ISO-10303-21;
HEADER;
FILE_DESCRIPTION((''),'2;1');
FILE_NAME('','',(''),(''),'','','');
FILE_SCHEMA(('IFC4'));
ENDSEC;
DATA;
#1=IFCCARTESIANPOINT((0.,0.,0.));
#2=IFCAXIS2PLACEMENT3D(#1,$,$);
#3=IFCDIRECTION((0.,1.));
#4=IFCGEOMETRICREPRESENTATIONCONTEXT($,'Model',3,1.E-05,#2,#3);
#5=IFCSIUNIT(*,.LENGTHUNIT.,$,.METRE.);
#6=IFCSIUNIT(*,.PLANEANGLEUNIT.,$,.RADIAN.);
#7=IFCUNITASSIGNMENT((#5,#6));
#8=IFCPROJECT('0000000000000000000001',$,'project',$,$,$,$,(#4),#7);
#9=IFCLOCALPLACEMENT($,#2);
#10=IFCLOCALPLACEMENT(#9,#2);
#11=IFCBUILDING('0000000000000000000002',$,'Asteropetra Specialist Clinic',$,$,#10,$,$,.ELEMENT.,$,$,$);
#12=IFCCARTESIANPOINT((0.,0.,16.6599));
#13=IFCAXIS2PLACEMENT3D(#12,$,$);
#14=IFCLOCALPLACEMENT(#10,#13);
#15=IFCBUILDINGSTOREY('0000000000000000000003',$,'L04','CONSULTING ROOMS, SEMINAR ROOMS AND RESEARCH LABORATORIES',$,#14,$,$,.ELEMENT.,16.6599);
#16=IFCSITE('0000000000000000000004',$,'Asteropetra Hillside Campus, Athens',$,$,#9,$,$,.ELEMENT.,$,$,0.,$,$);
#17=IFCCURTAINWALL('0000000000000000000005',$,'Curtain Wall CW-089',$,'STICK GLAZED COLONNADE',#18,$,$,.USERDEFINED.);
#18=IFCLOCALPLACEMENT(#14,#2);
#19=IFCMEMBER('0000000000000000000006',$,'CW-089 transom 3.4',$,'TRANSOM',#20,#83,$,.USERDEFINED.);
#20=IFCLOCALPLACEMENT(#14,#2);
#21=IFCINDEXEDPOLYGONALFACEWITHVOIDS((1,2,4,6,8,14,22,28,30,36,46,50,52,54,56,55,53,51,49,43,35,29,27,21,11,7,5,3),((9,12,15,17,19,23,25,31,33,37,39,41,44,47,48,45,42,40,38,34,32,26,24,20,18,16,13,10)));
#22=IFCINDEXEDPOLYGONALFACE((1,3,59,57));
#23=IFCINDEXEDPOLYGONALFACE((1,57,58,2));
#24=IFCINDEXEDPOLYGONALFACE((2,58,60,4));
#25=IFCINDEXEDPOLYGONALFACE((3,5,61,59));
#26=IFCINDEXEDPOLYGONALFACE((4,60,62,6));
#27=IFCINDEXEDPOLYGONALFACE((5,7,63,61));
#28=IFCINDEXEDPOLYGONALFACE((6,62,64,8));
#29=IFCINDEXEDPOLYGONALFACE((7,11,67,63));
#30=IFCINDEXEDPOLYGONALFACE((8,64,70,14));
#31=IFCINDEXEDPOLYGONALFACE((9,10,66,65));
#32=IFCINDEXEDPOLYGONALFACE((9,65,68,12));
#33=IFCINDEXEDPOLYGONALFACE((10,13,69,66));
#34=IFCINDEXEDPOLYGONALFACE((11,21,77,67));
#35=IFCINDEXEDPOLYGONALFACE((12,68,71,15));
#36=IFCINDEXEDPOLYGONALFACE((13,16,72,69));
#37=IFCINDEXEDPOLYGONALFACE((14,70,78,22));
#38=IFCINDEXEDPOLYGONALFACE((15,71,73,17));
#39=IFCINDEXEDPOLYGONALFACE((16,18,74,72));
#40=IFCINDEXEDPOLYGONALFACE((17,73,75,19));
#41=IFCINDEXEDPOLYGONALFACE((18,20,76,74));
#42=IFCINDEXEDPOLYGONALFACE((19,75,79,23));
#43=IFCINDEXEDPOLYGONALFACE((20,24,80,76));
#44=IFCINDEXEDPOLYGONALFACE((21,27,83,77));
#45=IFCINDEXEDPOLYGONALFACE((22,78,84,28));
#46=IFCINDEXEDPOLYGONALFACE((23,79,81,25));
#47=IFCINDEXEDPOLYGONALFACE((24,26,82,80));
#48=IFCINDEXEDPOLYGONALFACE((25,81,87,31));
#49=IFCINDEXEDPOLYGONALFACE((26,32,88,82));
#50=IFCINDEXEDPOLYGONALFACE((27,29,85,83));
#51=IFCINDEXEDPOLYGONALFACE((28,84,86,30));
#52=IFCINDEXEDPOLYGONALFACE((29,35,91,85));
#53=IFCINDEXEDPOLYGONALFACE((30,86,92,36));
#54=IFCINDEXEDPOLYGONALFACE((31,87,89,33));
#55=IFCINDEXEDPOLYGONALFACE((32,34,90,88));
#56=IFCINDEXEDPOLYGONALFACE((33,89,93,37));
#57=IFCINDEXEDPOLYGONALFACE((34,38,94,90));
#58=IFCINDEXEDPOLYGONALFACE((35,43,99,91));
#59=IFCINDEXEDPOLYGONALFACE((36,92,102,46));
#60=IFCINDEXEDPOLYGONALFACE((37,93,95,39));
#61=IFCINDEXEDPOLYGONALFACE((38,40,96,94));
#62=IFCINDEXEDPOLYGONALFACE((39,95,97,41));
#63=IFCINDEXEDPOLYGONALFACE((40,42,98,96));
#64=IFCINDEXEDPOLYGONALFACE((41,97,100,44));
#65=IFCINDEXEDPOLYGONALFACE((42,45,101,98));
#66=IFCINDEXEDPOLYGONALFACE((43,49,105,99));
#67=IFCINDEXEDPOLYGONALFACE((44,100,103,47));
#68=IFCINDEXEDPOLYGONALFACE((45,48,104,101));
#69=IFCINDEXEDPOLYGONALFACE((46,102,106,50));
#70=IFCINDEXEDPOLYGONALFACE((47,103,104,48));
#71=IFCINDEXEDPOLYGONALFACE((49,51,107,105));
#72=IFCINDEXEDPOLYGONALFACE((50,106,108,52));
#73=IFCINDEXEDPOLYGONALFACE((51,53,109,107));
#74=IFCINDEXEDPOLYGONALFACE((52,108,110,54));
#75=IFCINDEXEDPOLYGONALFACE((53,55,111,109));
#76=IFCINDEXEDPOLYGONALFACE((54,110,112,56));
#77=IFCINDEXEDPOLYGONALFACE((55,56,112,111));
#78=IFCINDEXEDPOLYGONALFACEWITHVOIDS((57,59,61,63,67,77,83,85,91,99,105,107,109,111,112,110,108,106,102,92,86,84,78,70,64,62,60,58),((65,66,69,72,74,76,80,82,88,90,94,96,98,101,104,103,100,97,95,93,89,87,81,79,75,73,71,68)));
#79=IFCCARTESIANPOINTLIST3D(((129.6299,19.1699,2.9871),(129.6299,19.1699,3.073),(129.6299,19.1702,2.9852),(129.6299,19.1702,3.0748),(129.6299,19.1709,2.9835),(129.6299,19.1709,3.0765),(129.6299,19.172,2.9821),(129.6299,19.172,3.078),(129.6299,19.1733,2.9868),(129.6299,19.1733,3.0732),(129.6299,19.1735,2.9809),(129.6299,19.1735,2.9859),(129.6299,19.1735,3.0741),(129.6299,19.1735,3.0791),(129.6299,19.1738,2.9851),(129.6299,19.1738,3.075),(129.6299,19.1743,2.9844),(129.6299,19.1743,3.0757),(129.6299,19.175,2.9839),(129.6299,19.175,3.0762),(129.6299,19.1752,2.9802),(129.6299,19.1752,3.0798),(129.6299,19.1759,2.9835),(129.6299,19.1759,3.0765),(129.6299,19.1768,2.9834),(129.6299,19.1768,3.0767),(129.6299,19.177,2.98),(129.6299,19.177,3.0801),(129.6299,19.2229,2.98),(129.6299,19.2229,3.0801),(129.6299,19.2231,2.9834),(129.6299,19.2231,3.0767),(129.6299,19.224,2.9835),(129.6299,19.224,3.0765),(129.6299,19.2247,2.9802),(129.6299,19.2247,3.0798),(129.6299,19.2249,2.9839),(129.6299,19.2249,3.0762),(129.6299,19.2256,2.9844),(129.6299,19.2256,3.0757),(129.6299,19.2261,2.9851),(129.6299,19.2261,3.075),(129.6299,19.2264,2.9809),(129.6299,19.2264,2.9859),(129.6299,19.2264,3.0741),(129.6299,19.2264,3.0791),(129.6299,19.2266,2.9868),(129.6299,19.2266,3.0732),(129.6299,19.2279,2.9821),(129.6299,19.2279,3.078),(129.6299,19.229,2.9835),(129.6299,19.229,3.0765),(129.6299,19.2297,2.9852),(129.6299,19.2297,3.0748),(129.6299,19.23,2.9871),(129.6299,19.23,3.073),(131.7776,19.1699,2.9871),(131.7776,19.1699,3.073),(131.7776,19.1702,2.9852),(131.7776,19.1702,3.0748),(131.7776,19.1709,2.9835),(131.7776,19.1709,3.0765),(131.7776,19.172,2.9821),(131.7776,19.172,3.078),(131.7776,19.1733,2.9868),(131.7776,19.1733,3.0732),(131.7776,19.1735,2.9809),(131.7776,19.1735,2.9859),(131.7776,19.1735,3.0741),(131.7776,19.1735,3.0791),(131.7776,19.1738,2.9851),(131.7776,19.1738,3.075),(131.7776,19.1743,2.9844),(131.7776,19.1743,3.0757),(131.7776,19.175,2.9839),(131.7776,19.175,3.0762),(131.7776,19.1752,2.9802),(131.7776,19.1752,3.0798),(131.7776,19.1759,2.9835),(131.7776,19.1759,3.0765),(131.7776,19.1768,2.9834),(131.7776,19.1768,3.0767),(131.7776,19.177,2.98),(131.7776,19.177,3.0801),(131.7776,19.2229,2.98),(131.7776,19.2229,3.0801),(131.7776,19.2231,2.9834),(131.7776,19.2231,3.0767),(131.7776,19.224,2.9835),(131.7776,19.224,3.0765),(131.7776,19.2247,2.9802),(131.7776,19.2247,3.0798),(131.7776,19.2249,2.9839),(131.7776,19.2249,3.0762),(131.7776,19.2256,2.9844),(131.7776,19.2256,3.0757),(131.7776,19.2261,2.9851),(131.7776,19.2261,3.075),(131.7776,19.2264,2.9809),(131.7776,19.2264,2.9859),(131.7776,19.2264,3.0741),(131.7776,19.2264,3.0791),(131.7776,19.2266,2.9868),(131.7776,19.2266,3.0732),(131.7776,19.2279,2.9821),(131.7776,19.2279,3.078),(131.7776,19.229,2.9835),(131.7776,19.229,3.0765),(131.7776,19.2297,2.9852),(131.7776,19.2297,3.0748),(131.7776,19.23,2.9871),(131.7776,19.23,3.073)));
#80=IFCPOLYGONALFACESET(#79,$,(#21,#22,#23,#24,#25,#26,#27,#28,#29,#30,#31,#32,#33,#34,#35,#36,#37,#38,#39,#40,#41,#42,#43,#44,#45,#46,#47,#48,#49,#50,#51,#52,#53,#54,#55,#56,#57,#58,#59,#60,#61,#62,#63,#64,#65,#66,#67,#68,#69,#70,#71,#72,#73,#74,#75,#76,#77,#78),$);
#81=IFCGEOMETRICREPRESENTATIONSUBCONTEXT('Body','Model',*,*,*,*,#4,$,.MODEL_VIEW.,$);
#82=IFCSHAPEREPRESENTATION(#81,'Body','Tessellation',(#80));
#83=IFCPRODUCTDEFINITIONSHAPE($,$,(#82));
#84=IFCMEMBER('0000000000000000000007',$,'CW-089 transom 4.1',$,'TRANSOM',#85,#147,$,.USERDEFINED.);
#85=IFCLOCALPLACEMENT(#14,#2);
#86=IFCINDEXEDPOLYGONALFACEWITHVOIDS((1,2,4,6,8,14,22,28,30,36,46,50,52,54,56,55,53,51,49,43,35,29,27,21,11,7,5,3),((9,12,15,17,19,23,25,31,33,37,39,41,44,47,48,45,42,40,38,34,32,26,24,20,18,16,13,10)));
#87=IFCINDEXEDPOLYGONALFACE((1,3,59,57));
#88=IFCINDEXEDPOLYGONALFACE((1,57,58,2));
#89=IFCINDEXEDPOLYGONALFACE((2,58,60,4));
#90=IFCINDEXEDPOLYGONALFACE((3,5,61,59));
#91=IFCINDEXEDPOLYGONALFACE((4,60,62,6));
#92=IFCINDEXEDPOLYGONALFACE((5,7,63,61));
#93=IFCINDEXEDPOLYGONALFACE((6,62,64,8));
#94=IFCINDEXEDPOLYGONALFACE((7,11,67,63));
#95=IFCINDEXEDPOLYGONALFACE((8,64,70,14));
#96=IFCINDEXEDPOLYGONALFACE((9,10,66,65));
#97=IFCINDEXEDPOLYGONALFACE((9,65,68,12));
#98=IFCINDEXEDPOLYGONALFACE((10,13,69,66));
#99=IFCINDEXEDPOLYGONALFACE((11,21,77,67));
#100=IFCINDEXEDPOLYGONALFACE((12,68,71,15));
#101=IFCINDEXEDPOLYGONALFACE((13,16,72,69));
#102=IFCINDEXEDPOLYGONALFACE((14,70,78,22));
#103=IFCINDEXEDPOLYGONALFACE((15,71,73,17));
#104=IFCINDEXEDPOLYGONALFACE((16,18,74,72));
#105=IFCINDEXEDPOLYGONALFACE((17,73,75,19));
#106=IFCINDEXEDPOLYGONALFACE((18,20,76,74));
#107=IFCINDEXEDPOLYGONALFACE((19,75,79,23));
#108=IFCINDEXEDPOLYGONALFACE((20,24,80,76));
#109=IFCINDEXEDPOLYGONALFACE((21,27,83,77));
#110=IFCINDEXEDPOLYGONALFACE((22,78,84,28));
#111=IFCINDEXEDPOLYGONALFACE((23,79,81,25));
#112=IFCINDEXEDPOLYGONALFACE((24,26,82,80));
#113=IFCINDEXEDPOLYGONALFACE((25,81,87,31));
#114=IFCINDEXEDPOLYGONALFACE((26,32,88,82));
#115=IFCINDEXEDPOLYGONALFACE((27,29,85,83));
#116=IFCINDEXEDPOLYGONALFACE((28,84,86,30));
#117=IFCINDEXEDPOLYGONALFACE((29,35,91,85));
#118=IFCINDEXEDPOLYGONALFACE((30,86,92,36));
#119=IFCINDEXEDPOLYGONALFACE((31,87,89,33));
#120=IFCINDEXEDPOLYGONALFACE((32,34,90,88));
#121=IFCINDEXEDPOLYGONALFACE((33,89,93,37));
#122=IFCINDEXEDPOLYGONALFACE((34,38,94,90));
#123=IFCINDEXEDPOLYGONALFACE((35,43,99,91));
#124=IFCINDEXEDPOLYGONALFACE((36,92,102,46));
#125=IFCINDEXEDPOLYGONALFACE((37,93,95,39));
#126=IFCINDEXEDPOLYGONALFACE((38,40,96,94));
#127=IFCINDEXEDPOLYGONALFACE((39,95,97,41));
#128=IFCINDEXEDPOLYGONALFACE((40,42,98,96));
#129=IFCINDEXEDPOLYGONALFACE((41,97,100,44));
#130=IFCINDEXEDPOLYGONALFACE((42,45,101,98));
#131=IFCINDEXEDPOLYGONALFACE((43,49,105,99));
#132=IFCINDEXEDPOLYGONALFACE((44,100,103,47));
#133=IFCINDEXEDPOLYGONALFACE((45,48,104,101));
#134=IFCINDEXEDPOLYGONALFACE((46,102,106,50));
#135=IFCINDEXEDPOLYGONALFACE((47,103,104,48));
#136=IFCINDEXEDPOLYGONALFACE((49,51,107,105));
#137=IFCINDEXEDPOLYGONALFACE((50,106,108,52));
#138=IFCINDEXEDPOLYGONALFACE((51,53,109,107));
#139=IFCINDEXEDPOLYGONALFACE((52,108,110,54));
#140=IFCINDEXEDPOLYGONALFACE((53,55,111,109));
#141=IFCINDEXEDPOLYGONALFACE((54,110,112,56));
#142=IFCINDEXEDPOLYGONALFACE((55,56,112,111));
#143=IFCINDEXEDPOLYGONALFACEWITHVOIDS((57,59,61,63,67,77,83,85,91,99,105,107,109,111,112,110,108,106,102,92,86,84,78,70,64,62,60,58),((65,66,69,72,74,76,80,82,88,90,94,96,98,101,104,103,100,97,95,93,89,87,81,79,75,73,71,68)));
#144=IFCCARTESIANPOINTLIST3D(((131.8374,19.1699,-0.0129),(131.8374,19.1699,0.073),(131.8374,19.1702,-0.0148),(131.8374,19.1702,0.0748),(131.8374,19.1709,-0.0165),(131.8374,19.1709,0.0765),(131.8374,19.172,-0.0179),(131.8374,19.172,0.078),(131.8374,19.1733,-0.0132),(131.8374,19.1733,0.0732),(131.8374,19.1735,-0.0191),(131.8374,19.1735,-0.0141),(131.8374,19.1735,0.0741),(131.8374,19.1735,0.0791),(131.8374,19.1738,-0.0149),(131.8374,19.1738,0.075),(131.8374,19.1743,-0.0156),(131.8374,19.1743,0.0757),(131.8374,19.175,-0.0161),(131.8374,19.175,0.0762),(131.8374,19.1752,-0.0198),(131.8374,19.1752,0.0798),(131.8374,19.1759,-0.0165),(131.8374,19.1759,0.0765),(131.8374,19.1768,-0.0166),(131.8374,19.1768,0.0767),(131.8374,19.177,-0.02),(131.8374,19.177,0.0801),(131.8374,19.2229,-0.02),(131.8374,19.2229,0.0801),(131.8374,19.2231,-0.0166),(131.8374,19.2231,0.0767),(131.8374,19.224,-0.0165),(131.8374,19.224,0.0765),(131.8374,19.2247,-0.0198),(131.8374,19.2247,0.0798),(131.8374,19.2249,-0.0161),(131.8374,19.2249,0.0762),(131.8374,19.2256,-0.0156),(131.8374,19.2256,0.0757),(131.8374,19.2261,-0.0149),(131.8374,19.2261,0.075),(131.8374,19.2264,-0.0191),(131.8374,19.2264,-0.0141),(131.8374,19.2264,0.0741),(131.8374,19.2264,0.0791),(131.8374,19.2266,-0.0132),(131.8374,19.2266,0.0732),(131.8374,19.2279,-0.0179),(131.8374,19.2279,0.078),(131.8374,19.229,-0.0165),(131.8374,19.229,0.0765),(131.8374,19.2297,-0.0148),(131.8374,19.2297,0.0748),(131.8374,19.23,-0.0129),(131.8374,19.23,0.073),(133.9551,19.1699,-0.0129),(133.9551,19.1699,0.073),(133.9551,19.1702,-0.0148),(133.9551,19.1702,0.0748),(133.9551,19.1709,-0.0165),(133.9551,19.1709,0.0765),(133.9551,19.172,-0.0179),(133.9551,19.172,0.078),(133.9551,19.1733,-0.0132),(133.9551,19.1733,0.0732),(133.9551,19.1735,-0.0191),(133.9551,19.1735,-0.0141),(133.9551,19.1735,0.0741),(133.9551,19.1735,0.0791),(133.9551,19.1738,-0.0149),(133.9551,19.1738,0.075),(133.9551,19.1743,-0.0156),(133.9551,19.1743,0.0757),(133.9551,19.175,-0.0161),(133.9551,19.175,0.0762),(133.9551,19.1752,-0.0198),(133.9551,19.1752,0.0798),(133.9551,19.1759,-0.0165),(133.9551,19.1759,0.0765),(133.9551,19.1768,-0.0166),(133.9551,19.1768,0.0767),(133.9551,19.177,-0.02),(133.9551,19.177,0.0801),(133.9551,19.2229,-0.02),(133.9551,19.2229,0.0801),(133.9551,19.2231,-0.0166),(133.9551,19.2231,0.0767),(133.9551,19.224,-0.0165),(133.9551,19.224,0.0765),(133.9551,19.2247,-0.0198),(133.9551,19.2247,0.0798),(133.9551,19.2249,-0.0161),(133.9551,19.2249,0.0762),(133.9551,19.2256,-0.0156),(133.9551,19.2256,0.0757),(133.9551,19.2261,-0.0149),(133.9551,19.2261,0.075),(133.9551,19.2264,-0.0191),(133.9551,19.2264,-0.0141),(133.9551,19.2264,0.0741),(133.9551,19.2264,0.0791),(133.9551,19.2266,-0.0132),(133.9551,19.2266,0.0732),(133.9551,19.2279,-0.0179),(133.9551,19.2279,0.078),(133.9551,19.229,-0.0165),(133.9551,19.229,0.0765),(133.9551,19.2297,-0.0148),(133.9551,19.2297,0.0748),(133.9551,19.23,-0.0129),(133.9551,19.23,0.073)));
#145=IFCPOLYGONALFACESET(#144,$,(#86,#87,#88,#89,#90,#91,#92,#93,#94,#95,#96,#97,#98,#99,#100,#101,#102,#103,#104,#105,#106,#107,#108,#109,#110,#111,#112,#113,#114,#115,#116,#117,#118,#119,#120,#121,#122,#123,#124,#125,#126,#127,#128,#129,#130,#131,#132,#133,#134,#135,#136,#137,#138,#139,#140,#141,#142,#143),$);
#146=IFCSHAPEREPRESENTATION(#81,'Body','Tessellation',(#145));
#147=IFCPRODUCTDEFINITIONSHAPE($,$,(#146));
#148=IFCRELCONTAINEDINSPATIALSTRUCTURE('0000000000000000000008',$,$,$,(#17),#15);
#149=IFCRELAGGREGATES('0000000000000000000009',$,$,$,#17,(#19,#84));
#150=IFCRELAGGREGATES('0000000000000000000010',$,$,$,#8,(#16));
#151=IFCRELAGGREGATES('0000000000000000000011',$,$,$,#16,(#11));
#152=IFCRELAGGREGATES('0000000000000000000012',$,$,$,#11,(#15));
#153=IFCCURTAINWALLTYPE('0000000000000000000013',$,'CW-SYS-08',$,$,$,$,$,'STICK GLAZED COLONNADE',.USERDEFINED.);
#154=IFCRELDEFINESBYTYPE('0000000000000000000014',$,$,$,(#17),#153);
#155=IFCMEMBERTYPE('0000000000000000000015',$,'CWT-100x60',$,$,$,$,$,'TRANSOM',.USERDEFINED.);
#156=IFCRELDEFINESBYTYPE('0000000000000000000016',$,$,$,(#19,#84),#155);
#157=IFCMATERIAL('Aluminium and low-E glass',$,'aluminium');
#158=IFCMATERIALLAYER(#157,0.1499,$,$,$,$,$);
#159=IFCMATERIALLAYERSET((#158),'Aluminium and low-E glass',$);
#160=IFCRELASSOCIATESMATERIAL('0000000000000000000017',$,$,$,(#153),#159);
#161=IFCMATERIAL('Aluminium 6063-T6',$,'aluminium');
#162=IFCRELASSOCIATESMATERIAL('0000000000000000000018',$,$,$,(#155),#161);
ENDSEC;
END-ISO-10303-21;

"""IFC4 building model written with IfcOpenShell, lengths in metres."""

from ifc_helpers import new_model, si_unit, direction, frame, origin, origin_2d, place, context, subcontext, project, spatial, hollow_rectangle, extrude, material, layer, layer_set, material_profile, profile_set, type_object, element, aggregate, save


model = new_model("IFC4")

# Units and contexts
model_context = context("Model", 3, precision=1e-05, world=origin(), true_north=direction((0.0, 1.0)))
body_context = subcontext(model_context, "Body", "Model", "MODEL_VIEW")
ifc_project = project(units=[si_unit("LENGTHUNIT", "METRE"), si_unit("PLANEANGLEUNIT", "RADIAN")], contexts=[model_context])

# Site, building, storey
site_placement = place(None, origin())
site = spatial("IfcSite", under=ifc_project, at=site_placement, Name="Asteropetra Hillside Campus, Athens", CompositionType="ELEMENT", RefElevation=0.0)
building_placement = place(site_placement, origin())
building = spatial("IfcBuilding", under=site, at=building_placement, Name="Asteropetra Specialist Clinic", CompositionType="ELEMENT")
storey_placement = place(building_placement, frame((0.0, 0.0, 16.6599)))
storey = spatial("IfcBuildingStorey", under=building, at=storey_placement, Name="L04", Description="CONSULTING ROOMS, SEMINAR ROOMS AND RESEARCH LABORATORIES", CompositionType="ELEMENT", Elevation=16.6599)

# Curtain wall, members
ifc_material_1 = material(Name="Aluminium and low-E glass", Category="aluminium")
ifc_layer_1 = layer(ifc_material_1, 0.1499)
ifc_layer_set_1 = layer_set([ifc_layer_1], Name="Aluminium and low-E glass")
curtain_wall_type = type_object("IfcCurtainWallType", Name="CW-SYS-08", ElementType="STICK GLAZED COLONNADE", PredefinedType="USERDEFINED", material=ifc_layer_set_1)
curtain_wall_placement = place(storey_placement, origin())
curtain_wall = element("IfcCurtainWall", 1, at=curtain_wall_placement, inside=storey, type_object=curtain_wall_type, Name="Curtain Wall CW-089", ObjectType="STICK GLAZED COLONNADE", PredefinedType="USERDEFINED")
ifc_material_2 = material(Name="Aluminium 6063-T6", Category="aluminium")
ifc_material_profile_1 = material_profile(ifc_material_2, hollow_rectangle(XDim=0.0601, YDim=0.1001, WallThickness=0.0034, InnerFilletRadius=0.0034, OuterFilletRadius=0.0071, at=origin_2d()), Name="TRN 100x60x3.5")
ifc_profile_set_1 = profile_set([ifc_material_profile_1], Name="Aluminium 6063-T6")
member_type_1 = type_object("IfcMemberType", Name="CWT-100x60", ElementType="TRANSOM", PredefinedType="USERDEFINED", material=ifc_profile_set_1)
member_1_placement = place(storey_placement, frame((129.6299, 19.2, 3.03), z_axis=(1.0, 0.0, 0.0), x_axis=(0.0, 1.0, 0.0)))
member_1 = element("IfcMember", 2, at=member_1_placement, type_object=member_type_1, Name="CW-089 transom 3.4", ObjectType="TRANSOM", PredefinedType="USERDEFINED", context=body_context, shape_type="SweptSolid", body=[
    extrude(hollow_rectangle(XDim=0.0601, YDim=0.1001, WallThickness=0.0034, InnerFilletRadius=0.0034, OuterFilletRadius=0.0071, at=origin_2d()), origin(), (0.0, 0.0, 1.0), 2.1477),
])
member_2_placement = place(storey_placement, frame((131.8374, 19.2, 0.03), z_axis=(1.0, 0.0, 0.0), x_axis=(0.0, 1.0, 0.0)))
member_2 = element("IfcMember", 3, at=member_2_placement, type_object=member_type_1, Name="CW-089 transom 4.1", ObjectType="TRANSOM", PredefinedType="USERDEFINED", context=body_context, shape_type="SweptSolid", body=[
    extrude(hollow_rectangle(XDim=0.0601, YDim=0.1001, WallThickness=0.0034, InnerFilletRadius=0.0034, OuterFilletRadius=0.0071, at=origin_2d()), origin(), (0.0, 0.0, 1.0), 2.1177),
])
aggregate(curtain_wall, [member_1, member_2])

save(model, "model.ifc")
